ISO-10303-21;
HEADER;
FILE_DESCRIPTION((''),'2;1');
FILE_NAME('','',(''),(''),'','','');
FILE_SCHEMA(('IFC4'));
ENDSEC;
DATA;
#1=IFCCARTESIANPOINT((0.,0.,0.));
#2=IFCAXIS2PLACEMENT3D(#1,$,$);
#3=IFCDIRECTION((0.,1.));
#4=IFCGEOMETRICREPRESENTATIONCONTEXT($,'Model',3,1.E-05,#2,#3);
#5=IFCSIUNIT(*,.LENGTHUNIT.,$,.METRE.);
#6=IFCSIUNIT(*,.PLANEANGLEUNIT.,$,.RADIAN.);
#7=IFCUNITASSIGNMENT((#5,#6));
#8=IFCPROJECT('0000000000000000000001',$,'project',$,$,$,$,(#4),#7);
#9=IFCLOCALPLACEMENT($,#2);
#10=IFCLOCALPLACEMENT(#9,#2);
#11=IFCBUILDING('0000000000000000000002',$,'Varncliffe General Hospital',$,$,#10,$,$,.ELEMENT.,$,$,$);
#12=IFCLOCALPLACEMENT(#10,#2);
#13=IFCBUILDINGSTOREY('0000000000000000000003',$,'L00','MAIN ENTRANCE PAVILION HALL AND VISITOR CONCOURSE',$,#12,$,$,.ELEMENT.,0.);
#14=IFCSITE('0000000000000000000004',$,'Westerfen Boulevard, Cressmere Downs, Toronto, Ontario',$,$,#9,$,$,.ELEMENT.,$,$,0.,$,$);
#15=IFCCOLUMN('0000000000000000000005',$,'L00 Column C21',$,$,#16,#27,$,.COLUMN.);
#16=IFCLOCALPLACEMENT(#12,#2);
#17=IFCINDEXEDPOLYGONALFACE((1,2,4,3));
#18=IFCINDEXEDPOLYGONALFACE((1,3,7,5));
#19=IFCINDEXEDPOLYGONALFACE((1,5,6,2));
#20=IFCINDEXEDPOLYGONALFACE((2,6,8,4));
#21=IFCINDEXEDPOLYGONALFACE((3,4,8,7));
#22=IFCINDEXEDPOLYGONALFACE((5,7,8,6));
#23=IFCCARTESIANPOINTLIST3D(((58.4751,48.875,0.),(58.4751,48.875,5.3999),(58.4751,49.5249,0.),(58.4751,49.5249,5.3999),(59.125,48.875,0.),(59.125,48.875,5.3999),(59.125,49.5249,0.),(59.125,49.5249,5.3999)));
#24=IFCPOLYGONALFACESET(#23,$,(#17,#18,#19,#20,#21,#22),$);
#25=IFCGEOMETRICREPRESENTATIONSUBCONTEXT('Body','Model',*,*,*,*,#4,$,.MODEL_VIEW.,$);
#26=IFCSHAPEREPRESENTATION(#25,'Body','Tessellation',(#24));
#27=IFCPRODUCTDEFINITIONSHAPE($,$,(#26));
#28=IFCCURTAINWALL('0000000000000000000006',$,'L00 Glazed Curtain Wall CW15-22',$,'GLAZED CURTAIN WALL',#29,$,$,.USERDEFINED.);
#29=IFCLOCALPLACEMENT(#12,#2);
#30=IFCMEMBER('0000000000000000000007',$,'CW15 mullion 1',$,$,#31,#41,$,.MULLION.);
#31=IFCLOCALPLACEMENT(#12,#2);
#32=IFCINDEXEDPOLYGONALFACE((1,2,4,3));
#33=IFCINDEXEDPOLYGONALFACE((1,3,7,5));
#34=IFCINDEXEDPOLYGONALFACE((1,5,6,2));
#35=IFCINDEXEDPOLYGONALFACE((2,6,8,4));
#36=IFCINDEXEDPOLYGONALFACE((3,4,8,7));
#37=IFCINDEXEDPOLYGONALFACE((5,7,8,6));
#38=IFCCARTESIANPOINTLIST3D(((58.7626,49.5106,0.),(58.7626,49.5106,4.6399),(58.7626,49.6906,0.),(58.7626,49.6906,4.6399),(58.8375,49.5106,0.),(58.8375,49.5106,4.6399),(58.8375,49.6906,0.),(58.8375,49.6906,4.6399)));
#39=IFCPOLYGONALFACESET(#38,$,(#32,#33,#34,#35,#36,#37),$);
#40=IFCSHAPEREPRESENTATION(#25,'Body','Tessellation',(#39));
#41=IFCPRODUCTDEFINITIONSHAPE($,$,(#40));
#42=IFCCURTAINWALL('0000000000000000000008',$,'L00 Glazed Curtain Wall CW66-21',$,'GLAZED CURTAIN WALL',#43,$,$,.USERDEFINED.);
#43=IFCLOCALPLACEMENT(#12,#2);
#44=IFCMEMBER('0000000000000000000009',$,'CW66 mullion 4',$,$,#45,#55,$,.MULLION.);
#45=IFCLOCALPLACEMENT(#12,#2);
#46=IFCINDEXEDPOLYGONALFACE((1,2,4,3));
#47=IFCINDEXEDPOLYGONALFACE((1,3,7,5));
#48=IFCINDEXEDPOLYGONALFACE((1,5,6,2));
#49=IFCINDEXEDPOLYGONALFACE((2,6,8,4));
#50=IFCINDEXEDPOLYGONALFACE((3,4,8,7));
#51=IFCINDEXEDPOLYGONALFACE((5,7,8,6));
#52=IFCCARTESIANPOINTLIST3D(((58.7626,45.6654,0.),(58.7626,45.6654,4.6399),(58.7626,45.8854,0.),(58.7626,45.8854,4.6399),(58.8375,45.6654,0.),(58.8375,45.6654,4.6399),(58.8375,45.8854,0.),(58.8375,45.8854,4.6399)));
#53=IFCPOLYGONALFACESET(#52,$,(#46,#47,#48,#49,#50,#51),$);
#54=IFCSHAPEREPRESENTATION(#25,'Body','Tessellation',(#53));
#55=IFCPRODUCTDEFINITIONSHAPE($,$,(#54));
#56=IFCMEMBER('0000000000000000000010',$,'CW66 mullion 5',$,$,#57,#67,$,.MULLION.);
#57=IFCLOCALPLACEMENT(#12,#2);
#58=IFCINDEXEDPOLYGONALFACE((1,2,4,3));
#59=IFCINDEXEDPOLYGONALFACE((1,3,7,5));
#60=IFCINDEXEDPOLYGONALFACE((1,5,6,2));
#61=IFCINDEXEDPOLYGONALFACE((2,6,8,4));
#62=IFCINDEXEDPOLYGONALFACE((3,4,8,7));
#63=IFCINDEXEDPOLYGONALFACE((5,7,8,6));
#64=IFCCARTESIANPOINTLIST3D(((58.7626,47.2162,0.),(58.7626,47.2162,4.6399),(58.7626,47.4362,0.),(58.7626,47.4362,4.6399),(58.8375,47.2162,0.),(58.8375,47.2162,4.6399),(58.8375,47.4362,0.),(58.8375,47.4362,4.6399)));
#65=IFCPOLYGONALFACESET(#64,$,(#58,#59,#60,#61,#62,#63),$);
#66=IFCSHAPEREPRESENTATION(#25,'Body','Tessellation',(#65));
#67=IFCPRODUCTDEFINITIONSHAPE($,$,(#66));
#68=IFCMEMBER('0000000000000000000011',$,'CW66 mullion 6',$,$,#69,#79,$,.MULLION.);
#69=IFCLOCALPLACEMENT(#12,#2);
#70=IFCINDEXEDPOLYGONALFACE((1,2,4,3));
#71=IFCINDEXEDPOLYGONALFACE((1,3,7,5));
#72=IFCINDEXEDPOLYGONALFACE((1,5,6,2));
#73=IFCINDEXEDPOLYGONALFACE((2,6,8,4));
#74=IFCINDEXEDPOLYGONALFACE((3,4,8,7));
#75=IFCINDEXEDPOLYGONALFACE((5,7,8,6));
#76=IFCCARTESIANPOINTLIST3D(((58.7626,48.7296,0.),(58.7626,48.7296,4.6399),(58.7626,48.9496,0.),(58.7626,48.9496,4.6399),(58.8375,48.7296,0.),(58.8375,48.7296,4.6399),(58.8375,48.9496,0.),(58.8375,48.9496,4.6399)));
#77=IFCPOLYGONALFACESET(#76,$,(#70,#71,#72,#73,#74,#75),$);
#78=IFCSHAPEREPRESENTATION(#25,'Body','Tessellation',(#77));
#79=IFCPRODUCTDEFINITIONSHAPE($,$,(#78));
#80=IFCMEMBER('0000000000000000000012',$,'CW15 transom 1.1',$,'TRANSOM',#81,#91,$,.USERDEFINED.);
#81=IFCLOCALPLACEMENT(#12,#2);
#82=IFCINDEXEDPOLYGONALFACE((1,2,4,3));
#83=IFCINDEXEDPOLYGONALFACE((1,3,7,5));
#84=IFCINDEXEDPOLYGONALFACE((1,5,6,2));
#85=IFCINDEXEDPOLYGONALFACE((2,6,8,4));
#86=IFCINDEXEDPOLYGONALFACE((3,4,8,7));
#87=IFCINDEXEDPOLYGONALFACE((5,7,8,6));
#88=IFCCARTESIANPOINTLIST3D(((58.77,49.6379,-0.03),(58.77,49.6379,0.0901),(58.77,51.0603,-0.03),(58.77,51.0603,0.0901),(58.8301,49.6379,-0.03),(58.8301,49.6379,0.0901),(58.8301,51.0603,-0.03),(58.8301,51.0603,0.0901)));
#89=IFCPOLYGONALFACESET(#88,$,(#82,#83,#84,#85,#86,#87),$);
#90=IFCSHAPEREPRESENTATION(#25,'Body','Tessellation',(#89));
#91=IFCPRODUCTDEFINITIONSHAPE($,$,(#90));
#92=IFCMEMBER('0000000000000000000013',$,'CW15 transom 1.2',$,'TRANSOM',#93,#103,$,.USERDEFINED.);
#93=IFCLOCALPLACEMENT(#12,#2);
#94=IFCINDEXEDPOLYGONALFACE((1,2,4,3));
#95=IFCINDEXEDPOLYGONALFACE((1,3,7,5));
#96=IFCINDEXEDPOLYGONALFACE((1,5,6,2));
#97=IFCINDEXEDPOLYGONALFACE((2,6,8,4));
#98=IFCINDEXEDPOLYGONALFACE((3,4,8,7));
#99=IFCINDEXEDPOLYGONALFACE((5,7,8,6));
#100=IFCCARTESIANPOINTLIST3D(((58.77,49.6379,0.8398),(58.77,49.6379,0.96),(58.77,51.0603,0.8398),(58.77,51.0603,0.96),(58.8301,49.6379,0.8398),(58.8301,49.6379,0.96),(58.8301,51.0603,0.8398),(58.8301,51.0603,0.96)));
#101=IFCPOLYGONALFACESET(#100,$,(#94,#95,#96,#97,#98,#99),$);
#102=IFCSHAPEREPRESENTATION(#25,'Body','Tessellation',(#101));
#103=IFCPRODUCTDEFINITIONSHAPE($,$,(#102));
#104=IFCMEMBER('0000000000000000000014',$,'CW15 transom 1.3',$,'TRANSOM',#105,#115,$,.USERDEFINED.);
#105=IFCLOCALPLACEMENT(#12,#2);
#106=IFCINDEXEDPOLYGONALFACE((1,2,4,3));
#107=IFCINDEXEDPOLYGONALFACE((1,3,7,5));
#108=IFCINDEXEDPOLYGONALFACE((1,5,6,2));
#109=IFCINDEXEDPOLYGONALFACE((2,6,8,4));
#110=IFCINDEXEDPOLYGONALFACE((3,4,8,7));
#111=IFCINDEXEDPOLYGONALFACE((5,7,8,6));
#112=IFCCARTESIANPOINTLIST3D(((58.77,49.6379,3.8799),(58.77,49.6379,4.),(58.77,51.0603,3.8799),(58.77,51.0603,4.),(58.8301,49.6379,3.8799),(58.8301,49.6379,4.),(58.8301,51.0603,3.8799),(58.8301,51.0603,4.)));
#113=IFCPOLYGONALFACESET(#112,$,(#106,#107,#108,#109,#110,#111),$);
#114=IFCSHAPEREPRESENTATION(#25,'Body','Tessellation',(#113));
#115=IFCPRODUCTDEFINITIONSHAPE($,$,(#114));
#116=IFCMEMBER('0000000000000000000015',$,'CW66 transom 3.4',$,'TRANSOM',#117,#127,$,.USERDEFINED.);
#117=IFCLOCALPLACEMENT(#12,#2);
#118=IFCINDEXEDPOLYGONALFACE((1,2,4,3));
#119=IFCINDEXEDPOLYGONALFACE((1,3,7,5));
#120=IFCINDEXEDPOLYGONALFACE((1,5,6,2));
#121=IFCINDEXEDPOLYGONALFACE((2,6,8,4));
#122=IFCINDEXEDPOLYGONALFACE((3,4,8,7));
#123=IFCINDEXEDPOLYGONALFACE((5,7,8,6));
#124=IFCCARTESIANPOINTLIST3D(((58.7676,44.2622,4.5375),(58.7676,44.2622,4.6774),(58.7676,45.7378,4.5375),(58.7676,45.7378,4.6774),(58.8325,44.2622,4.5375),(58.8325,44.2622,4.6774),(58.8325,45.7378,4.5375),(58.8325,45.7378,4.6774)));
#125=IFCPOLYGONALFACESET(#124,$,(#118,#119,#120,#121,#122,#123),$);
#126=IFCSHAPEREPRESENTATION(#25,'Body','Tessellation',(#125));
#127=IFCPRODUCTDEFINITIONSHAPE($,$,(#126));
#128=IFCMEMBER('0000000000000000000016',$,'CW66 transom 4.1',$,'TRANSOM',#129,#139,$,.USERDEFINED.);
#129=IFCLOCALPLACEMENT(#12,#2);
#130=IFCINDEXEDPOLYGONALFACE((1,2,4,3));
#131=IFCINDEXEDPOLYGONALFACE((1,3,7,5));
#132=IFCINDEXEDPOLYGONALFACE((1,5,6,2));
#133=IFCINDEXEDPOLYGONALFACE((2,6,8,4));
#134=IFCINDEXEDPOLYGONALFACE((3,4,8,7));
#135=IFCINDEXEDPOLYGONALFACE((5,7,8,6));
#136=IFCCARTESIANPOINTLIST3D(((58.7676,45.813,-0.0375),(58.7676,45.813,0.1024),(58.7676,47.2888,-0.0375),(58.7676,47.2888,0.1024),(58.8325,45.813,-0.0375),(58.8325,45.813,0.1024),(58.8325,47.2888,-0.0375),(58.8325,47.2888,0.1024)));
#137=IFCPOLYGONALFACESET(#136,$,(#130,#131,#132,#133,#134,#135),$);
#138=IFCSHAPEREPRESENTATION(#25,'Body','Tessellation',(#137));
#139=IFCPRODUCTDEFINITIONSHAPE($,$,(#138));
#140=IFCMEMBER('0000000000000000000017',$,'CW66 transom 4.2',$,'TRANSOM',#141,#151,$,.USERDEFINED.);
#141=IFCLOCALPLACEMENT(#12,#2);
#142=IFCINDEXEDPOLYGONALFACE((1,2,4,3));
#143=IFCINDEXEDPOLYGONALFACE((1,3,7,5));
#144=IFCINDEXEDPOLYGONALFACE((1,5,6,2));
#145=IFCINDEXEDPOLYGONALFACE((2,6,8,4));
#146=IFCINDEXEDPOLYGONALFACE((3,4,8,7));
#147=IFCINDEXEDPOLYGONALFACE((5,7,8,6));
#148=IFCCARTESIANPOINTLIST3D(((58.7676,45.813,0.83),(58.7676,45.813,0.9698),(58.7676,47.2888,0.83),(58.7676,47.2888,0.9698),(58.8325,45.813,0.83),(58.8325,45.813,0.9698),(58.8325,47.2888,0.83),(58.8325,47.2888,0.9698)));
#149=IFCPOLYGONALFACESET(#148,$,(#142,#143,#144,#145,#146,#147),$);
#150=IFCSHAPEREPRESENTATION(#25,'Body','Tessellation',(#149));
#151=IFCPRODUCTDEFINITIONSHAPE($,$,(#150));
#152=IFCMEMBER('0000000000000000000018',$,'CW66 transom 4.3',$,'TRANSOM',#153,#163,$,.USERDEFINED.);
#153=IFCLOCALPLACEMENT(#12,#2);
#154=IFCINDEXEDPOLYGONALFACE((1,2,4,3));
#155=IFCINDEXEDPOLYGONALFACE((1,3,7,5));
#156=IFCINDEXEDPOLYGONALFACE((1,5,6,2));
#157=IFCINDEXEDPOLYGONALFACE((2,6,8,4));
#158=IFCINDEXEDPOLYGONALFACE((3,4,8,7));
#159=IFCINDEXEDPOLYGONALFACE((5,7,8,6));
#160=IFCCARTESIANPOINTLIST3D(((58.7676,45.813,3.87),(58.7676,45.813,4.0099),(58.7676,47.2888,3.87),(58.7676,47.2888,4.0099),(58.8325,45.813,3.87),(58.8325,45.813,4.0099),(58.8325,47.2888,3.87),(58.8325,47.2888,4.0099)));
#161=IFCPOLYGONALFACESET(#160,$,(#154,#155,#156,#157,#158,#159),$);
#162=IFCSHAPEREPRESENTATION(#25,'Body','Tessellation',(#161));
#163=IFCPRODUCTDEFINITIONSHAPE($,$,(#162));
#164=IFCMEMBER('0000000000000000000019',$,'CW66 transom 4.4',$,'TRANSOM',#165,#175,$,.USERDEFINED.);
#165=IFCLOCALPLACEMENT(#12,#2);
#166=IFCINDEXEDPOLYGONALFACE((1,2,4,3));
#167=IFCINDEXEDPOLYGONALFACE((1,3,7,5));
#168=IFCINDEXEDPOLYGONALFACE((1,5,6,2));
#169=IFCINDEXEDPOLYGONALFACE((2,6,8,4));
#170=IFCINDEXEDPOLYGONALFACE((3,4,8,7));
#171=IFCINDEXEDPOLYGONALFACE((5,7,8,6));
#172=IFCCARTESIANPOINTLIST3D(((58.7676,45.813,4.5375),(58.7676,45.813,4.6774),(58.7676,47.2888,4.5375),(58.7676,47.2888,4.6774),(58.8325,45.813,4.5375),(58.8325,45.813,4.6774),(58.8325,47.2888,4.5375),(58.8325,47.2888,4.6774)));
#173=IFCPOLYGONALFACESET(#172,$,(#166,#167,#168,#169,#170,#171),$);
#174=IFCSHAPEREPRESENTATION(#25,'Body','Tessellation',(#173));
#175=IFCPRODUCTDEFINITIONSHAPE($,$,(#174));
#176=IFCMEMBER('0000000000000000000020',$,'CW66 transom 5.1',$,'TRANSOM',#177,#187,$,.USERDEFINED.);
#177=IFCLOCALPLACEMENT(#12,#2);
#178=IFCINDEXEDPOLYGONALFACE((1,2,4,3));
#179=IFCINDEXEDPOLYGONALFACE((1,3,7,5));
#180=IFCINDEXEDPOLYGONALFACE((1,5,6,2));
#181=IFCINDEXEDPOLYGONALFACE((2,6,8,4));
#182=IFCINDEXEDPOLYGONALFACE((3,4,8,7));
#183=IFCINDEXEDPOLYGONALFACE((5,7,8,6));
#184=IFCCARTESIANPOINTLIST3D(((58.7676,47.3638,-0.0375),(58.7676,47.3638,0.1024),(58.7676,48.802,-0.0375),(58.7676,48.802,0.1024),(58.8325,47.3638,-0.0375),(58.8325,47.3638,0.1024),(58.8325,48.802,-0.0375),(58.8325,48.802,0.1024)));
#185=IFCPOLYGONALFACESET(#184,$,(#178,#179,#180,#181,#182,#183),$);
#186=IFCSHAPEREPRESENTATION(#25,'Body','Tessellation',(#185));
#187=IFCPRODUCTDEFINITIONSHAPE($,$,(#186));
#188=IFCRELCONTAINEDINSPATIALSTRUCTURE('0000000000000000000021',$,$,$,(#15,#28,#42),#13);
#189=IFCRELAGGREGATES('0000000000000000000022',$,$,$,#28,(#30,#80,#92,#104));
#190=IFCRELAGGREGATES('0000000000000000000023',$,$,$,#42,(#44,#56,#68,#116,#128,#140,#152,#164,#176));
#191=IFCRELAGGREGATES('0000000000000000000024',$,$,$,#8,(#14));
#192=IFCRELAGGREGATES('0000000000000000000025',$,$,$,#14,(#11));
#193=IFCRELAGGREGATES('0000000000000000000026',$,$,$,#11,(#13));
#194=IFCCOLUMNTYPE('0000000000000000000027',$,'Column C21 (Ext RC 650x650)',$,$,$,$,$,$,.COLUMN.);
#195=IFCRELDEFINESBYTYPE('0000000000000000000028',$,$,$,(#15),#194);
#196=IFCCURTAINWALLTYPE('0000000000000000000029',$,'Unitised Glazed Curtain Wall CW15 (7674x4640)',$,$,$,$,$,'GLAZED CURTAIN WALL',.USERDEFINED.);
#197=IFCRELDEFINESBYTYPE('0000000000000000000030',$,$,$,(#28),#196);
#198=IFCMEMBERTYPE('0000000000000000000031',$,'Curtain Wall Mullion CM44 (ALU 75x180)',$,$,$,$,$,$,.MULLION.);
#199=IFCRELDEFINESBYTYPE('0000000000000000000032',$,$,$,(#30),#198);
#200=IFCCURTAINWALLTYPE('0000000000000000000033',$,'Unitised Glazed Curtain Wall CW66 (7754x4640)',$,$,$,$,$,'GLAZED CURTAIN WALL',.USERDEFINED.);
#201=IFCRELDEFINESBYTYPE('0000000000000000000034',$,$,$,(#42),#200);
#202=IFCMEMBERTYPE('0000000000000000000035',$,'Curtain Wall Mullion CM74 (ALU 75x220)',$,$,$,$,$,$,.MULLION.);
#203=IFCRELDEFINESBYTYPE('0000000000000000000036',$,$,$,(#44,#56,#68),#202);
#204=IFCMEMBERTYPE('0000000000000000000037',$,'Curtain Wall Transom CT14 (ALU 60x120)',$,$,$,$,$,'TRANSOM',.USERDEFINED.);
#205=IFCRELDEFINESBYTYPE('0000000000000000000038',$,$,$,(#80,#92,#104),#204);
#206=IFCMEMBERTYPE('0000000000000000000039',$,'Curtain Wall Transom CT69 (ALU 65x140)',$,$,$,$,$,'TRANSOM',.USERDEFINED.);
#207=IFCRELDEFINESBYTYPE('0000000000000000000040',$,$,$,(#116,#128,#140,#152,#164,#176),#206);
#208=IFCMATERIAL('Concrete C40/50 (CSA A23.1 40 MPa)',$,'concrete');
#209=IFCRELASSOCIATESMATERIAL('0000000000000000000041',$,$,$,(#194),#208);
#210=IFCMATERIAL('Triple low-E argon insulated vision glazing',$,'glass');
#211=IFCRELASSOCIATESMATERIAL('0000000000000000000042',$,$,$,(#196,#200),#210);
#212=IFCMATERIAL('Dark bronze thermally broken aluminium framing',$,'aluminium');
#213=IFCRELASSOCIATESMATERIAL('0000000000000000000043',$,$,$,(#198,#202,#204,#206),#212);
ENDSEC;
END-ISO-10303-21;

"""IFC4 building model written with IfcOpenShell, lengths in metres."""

from ifc_helpers import new_model, si_unit, direction, frame, origin, origin_2d, place, context, subcontext, project, spatial, rectangle, extrude, material, material_profile, profile_set, type_object, element, aggregate, save


model = new_model("IFC4")

# Units and contexts
model_context = context("Model", 3, precision=1e-05, world=origin(), true_north=direction((0.0, 1.0)))
body_context = subcontext(model_context, "Body", "Model", "MODEL_VIEW")
ifc_project = project(units=[si_unit("LENGTHUNIT", "METRE"), si_unit("PLANEANGLEUNIT", "RADIAN")], contexts=[model_context])

# Site, building, storey
site_placement = place(None, origin())
site = spatial("IfcSite", under=ifc_project, at=site_placement, Name="Westerfen Boulevard, Cressmere Downs, Toronto, Ontario", CompositionType="ELEMENT", RefElevation=0.0)
building_placement = place(site_placement, origin())
building = spatial("IfcBuilding", under=site, at=building_placement, Name="Varncliffe General Hospital", CompositionType="ELEMENT")
storey_placement = place(building_placement, origin())
storey = spatial("IfcBuildingStorey", under=building, at=storey_placement, Name="L00", Description="MAIN ENTRANCE PAVILION HALL AND VISITOR CONCOURSE", CompositionType="ELEMENT", Elevation=0.0)

# Column
ifc_material_1 = material(Name="Concrete C40/50 (CSA A23.1 40 MPa)", Category="concrete")
ifc_material_profile_1 = material_profile(ifc_material_1, rectangle(XDim=0.6499, YDim=0.6499, at=origin_2d()), Name="RC 650x650")
ifc_profile_set_1 = profile_set([ifc_material_profile_1], Name="Concrete C40/50 (CSA A23.1 40 MPa)")
column_type = type_object("IfcColumnType", Name="Column C21 (Ext RC 650x650)", PredefinedType="COLUMN", material=ifc_profile_set_1)
column_placement = place(storey_placement, frame((58.8, 49.2, 0.0), z_axis=(0.0, 0.0, 1.0), x_axis=(1.0, 0.0, 0.0)))
element("IfcColumn", 1, at=column_placement, inside=storey, type_object=column_type, Name="L00 Column C21", PredefinedType="COLUMN", context=body_context, shape_type="SweptSolid", body=[
    extrude(rectangle(XDim=0.6499, YDim=0.6499, at=origin_2d()), origin(), (0.0, 0.0, 1.0), 5.3999),
])

# Curtain wall, member
ifc_material_2 = material(Name="Triple low-E argon insulated vision glazing", Category="glass")
curtain_wall_type_1 = type_object("IfcCurtainWallType", Name="Unitised Glazed Curtain Wall CW15 (7674x4640)", ElementType="GLAZED CURTAIN WALL", PredefinedType="USERDEFINED", material=ifc_material_2)
curtain_wall_1_placement = place(storey_placement, origin())
curtain_wall_1 = element("IfcCurtainWall", 2, at=curtain_wall_1_placement, inside=storey, type_object=curtain_wall_type_1, Name="L00 Glazed Curtain Wall CW15-22", ObjectType="GLAZED CURTAIN WALL", PredefinedType="USERDEFINED")
ifc_material_3 = material(Name="Dark bronze thermally broken aluminium framing", Category="aluminium")
ifc_material_profile_2 = material_profile(ifc_material_3, rectangle(XDim=0.075, YDim=0.1799, at=origin_2d()), Name="ALU 75x180")
ifc_profile_set_2 = profile_set([ifc_material_profile_2], Name="Dark bronze thermally broken aluminium framing")
member_type_1 = type_object("IfcMemberType", Name="Curtain Wall Mullion CM44 (ALU 75x180)", PredefinedType="MULLION", material=ifc_profile_set_2)
member_1_placement = place(storey_placement, frame((58.8, 49.6006, 0.0), z_axis=(0.0, 0.0, 1.0), x_axis=(-1.0, 0.0, 0.0)))
member_1 = element("IfcMember", 3, at=member_1_placement, type_object=member_type_1, Name="CW15 mullion 1", PredefinedType="MULLION", context=body_context, shape_type="SweptSolid", body=[
    extrude(rectangle(XDim=0.075, YDim=0.1799, at=origin_2d()), origin(), (0.0, 0.0, 1.0), 4.6399),
])

# Curtain wall, members
curtain_wall_type_2 = type_object("IfcCurtainWallType", Name="Unitised Glazed Curtain Wall CW66 (7754x4640)", ElementType="GLAZED CURTAIN WALL", PredefinedType="USERDEFINED", material=ifc_material_2)
curtain_wall_2_placement = place(storey_placement, origin())
curtain_wall_2 = element("IfcCurtainWall", 4, at=curtain_wall_2_placement, inside=storey, type_object=curtain_wall_type_2, Name="L00 Glazed Curtain Wall CW66-21", ObjectType="GLAZED CURTAIN WALL", PredefinedType="USERDEFINED")
ifc_material_profile_3 = material_profile(ifc_material_3, rectangle(XDim=0.075, YDim=0.22, at=origin_2d()), Name="ALU 75x220")
ifc_profile_set_3 = profile_set([ifc_material_profile_3], Name="Dark bronze thermally broken aluminium framing")
member_type_2 = type_object("IfcMemberType", Name="Curtain Wall Mullion CM74 (ALU 75x220)", PredefinedType="MULLION", material=ifc_profile_set_3)
member_2_placement = place(storey_placement, frame((58.8, 45.7754, 0.0), z_axis=(0.0, 0.0, 1.0), x_axis=(-1.0, 0.0, 0.0)))
member_2 = element("IfcMember", 5, at=member_2_placement, type_object=member_type_2, Name="CW66 mullion 4", PredefinedType="MULLION", context=body_context, shape_type="SweptSolid", body=[
    extrude(rectangle(XDim=0.075, YDim=0.22, at=origin_2d()), origin(), (0.0, 0.0, 1.0), 4.6399),
])
member_3_placement = place(storey_placement, frame((58.8, 47.3262, 0.0), z_axis=(0.0, 0.0, 1.0), x_axis=(-1.0, 0.0, 0.0)))
member_3 = element("IfcMember", 6, at=member_3_placement, type_object=member_type_2, Name="CW66 mullion 5", PredefinedType="MULLION", context=body_context, shape_type="SweptSolid", body=[
    extrude(rectangle(XDim=0.075, YDim=0.22, at=origin_2d()), origin(), (0.0, 0.0, 1.0), 4.6399),
])
member_4_placement = place(storey_placement, frame((58.8, 48.8396, 0.0), z_axis=(0.0, 0.0, 1.0), x_axis=(-1.0, 0.0, 0.0)))
member_4 = element("IfcMember", 7, at=member_4_placement, type_object=member_type_2, Name="CW66 mullion 6", PredefinedType="MULLION", context=body_context, shape_type="SweptSolid", body=[
    extrude(rectangle(XDim=0.075, YDim=0.22, at=origin_2d()), origin(), (0.0, 0.0, 1.0), 4.6399),
])

# Members
ifc_material_profile_4 = material_profile(ifc_material_3, rectangle(XDim=0.0601, YDim=0.1201, at=origin_2d()), Name="ALU 60x120")
ifc_profile_set_4 = profile_set([ifc_material_profile_4], Name="Dark bronze thermally broken aluminium framing")
member_type_3 = type_object("IfcMemberType", Name="Curtain Wall Transom CT14 (ALU 60x120)", ElementType="TRANSOM", PredefinedType="USERDEFINED", material=ifc_profile_set_4)
member_5_placement = place(storey_placement, frame((58.8, 49.6379, 0.03), z_axis=(0.0, 1.0, 0.0), x_axis=(-1.0, 0.0, 0.0)))
member_5 = element("IfcMember", 8, at=member_5_placement, type_object=member_type_3, Name="CW15 transom 1.1", ObjectType="TRANSOM", PredefinedType="USERDEFINED", context=body_context, shape_type="SweptSolid", body=[
    extrude(rectangle(XDim=0.0601, YDim=0.1201, at=origin_2d()), origin(), (0.0, 0.0, 1.0), 1.4224),
])
member_6_placement = place(storey_placement, frame((58.8, 49.6379, 0.8999), z_axis=(0.0, 1.0, 0.0), x_axis=(-1.0, 0.0, 0.0)))
member_6 = element("IfcMember", 9, at=member_6_placement, type_object=member_type_3, Name="CW15 transom 1.2", ObjectType="TRANSOM", PredefinedType="USERDEFINED", context=body_context, shape_type="SweptSolid", body=[
    extrude(rectangle(XDim=0.0601, YDim=0.1201, at=origin_2d()), origin(), (0.0, 0.0, 1.0), 1.4224),
])
member_7_placement = place(storey_placement, frame((58.8, 49.6379, 3.9399), z_axis=(0.0, 1.0, 0.0), x_axis=(-1.0, 0.0, 0.0)))
member_7 = element("IfcMember", 10, at=member_7_placement, type_object=member_type_3, Name="CW15 transom 1.3", ObjectType="TRANSOM", PredefinedType="USERDEFINED", context=body_context, shape_type="SweptSolid", body=[
    extrude(rectangle(XDim=0.0601, YDim=0.1201, at=origin_2d()), origin(), (0.0, 0.0, 1.0), 1.4224),
])
aggregate(curtain_wall_1, [member_1, member_5, member_6, member_7])
ifc_material_profile_5 = material_profile(ifc_material_3, rectangle(XDim=0.0649, YDim=0.1399, at=origin_2d()), Name="ALU 65x140")
ifc_profile_set_5 = profile_set([ifc_material_profile_5], Name="Dark bronze thermally broken aluminium framing")
member_type_4 = type_object("IfcMemberType", Name="Curtain Wall Transom CT69 (ALU 65x140)", ElementType="TRANSOM", PredefinedType="USERDEFINED", material=ifc_profile_set_5)
member_8_placement = place(storey_placement, frame((58.8, 44.2622, 4.6074), z_axis=(0.0, 1.0, 0.0), x_axis=(-1.0, 0.0, 0.0)))
member_8 = element("IfcMember", 11, at=member_8_placement, type_object=member_type_4, Name="CW66 transom 3.4", ObjectType="TRANSOM", PredefinedType="USERDEFINED", context=body_context, shape_type="SweptSolid", body=[
    extrude(rectangle(XDim=0.0649, YDim=0.1399, at=origin_2d()), origin(), (0.0, 0.0, 1.0), 1.4756),
])
member_9_placement = place(storey_placement, frame((58.8, 45.813, 0.0325), z_axis=(0.0, 1.0, 0.0), x_axis=(-1.0, 0.0, 0.0)))
member_9 = element("IfcMember", 12, at=member_9_placement, type_object=member_type_4, Name="CW66 transom 4.1", ObjectType="TRANSOM", PredefinedType="USERDEFINED", context=body_context, shape_type="SweptSolid", body=[
    extrude(rectangle(XDim=0.0649, YDim=0.1399, at=origin_2d()), origin(), (0.0, 0.0, 1.0), 1.4758),
])
member_10_placement = place(storey_placement, frame((58.8, 45.813, 0.8999), z_axis=(0.0, 1.0, 0.0), x_axis=(-1.0, 0.0, 0.0)))
member_10 = element("IfcMember", 13, at=member_10_placement, type_object=member_type_4, Name="CW66 transom 4.2", ObjectType="TRANSOM", PredefinedType="USERDEFINED", context=body_context, shape_type="SweptSolid", body=[
    extrude(rectangle(XDim=0.0649, YDim=0.1399, at=origin_2d()), origin(), (0.0, 0.0, 1.0), 1.4758),
])
member_11_placement = place(storey_placement, frame((58.8, 45.813, 3.9399), z_axis=(0.0, 1.0, 0.0), x_axis=(-1.0, 0.0, 0.0)))
member_11 = element("IfcMember", 14, at=member_11_placement, type_object=member_type_4, Name="CW66 transom 4.3", ObjectType="TRANSOM", PredefinedType="USERDEFINED", context=body_context, shape_type="SweptSolid", body=[
    extrude(rectangle(XDim=0.0649, YDim=0.1399, at=origin_2d()), origin(), (0.0, 0.0, 1.0), 1.4758),
])
member_12_placement = place(storey_placement, frame((58.8, 45.813, 4.6074), z_axis=(0.0, 1.0, 0.0), x_axis=(-1.0, 0.0, 0.0)))
member_12 = element("IfcMember", 15, at=member_12_placement, type_object=member_type_4, Name="CW66 transom 4.4", ObjectType="TRANSOM", PredefinedType="USERDEFINED", context=body_context, shape_type="SweptSolid", body=[
    extrude(rectangle(XDim=0.0649, YDim=0.1399, at=origin_2d()), origin(), (0.0, 0.0, 1.0), 1.4758),
])
member_13_placement = place(storey_placement, frame((58.8, 47.3638, 0.0325), z_axis=(0.0, 1.0, 0.0), x_axis=(-1.0, 0.0, 0.0)))
member_13 = element("IfcMember", 16, at=member_13_placement, type_object=member_type_4, Name="CW66 transom 5.1", ObjectType="TRANSOM", PredefinedType="USERDEFINED", context=body_context, shape_type="SweptSolid", body=[
    extrude(rectangle(XDim=0.0649, YDim=0.1399, at=origin_2d()), origin(), (0.0, 0.0, 1.0), 1.4382),
])

aggregate(curtain_wall_2, [member_2, member_3, member_4, member_8, member_9, member_10, member_11, member_12, member_13])

save(model, "model.ifc")
